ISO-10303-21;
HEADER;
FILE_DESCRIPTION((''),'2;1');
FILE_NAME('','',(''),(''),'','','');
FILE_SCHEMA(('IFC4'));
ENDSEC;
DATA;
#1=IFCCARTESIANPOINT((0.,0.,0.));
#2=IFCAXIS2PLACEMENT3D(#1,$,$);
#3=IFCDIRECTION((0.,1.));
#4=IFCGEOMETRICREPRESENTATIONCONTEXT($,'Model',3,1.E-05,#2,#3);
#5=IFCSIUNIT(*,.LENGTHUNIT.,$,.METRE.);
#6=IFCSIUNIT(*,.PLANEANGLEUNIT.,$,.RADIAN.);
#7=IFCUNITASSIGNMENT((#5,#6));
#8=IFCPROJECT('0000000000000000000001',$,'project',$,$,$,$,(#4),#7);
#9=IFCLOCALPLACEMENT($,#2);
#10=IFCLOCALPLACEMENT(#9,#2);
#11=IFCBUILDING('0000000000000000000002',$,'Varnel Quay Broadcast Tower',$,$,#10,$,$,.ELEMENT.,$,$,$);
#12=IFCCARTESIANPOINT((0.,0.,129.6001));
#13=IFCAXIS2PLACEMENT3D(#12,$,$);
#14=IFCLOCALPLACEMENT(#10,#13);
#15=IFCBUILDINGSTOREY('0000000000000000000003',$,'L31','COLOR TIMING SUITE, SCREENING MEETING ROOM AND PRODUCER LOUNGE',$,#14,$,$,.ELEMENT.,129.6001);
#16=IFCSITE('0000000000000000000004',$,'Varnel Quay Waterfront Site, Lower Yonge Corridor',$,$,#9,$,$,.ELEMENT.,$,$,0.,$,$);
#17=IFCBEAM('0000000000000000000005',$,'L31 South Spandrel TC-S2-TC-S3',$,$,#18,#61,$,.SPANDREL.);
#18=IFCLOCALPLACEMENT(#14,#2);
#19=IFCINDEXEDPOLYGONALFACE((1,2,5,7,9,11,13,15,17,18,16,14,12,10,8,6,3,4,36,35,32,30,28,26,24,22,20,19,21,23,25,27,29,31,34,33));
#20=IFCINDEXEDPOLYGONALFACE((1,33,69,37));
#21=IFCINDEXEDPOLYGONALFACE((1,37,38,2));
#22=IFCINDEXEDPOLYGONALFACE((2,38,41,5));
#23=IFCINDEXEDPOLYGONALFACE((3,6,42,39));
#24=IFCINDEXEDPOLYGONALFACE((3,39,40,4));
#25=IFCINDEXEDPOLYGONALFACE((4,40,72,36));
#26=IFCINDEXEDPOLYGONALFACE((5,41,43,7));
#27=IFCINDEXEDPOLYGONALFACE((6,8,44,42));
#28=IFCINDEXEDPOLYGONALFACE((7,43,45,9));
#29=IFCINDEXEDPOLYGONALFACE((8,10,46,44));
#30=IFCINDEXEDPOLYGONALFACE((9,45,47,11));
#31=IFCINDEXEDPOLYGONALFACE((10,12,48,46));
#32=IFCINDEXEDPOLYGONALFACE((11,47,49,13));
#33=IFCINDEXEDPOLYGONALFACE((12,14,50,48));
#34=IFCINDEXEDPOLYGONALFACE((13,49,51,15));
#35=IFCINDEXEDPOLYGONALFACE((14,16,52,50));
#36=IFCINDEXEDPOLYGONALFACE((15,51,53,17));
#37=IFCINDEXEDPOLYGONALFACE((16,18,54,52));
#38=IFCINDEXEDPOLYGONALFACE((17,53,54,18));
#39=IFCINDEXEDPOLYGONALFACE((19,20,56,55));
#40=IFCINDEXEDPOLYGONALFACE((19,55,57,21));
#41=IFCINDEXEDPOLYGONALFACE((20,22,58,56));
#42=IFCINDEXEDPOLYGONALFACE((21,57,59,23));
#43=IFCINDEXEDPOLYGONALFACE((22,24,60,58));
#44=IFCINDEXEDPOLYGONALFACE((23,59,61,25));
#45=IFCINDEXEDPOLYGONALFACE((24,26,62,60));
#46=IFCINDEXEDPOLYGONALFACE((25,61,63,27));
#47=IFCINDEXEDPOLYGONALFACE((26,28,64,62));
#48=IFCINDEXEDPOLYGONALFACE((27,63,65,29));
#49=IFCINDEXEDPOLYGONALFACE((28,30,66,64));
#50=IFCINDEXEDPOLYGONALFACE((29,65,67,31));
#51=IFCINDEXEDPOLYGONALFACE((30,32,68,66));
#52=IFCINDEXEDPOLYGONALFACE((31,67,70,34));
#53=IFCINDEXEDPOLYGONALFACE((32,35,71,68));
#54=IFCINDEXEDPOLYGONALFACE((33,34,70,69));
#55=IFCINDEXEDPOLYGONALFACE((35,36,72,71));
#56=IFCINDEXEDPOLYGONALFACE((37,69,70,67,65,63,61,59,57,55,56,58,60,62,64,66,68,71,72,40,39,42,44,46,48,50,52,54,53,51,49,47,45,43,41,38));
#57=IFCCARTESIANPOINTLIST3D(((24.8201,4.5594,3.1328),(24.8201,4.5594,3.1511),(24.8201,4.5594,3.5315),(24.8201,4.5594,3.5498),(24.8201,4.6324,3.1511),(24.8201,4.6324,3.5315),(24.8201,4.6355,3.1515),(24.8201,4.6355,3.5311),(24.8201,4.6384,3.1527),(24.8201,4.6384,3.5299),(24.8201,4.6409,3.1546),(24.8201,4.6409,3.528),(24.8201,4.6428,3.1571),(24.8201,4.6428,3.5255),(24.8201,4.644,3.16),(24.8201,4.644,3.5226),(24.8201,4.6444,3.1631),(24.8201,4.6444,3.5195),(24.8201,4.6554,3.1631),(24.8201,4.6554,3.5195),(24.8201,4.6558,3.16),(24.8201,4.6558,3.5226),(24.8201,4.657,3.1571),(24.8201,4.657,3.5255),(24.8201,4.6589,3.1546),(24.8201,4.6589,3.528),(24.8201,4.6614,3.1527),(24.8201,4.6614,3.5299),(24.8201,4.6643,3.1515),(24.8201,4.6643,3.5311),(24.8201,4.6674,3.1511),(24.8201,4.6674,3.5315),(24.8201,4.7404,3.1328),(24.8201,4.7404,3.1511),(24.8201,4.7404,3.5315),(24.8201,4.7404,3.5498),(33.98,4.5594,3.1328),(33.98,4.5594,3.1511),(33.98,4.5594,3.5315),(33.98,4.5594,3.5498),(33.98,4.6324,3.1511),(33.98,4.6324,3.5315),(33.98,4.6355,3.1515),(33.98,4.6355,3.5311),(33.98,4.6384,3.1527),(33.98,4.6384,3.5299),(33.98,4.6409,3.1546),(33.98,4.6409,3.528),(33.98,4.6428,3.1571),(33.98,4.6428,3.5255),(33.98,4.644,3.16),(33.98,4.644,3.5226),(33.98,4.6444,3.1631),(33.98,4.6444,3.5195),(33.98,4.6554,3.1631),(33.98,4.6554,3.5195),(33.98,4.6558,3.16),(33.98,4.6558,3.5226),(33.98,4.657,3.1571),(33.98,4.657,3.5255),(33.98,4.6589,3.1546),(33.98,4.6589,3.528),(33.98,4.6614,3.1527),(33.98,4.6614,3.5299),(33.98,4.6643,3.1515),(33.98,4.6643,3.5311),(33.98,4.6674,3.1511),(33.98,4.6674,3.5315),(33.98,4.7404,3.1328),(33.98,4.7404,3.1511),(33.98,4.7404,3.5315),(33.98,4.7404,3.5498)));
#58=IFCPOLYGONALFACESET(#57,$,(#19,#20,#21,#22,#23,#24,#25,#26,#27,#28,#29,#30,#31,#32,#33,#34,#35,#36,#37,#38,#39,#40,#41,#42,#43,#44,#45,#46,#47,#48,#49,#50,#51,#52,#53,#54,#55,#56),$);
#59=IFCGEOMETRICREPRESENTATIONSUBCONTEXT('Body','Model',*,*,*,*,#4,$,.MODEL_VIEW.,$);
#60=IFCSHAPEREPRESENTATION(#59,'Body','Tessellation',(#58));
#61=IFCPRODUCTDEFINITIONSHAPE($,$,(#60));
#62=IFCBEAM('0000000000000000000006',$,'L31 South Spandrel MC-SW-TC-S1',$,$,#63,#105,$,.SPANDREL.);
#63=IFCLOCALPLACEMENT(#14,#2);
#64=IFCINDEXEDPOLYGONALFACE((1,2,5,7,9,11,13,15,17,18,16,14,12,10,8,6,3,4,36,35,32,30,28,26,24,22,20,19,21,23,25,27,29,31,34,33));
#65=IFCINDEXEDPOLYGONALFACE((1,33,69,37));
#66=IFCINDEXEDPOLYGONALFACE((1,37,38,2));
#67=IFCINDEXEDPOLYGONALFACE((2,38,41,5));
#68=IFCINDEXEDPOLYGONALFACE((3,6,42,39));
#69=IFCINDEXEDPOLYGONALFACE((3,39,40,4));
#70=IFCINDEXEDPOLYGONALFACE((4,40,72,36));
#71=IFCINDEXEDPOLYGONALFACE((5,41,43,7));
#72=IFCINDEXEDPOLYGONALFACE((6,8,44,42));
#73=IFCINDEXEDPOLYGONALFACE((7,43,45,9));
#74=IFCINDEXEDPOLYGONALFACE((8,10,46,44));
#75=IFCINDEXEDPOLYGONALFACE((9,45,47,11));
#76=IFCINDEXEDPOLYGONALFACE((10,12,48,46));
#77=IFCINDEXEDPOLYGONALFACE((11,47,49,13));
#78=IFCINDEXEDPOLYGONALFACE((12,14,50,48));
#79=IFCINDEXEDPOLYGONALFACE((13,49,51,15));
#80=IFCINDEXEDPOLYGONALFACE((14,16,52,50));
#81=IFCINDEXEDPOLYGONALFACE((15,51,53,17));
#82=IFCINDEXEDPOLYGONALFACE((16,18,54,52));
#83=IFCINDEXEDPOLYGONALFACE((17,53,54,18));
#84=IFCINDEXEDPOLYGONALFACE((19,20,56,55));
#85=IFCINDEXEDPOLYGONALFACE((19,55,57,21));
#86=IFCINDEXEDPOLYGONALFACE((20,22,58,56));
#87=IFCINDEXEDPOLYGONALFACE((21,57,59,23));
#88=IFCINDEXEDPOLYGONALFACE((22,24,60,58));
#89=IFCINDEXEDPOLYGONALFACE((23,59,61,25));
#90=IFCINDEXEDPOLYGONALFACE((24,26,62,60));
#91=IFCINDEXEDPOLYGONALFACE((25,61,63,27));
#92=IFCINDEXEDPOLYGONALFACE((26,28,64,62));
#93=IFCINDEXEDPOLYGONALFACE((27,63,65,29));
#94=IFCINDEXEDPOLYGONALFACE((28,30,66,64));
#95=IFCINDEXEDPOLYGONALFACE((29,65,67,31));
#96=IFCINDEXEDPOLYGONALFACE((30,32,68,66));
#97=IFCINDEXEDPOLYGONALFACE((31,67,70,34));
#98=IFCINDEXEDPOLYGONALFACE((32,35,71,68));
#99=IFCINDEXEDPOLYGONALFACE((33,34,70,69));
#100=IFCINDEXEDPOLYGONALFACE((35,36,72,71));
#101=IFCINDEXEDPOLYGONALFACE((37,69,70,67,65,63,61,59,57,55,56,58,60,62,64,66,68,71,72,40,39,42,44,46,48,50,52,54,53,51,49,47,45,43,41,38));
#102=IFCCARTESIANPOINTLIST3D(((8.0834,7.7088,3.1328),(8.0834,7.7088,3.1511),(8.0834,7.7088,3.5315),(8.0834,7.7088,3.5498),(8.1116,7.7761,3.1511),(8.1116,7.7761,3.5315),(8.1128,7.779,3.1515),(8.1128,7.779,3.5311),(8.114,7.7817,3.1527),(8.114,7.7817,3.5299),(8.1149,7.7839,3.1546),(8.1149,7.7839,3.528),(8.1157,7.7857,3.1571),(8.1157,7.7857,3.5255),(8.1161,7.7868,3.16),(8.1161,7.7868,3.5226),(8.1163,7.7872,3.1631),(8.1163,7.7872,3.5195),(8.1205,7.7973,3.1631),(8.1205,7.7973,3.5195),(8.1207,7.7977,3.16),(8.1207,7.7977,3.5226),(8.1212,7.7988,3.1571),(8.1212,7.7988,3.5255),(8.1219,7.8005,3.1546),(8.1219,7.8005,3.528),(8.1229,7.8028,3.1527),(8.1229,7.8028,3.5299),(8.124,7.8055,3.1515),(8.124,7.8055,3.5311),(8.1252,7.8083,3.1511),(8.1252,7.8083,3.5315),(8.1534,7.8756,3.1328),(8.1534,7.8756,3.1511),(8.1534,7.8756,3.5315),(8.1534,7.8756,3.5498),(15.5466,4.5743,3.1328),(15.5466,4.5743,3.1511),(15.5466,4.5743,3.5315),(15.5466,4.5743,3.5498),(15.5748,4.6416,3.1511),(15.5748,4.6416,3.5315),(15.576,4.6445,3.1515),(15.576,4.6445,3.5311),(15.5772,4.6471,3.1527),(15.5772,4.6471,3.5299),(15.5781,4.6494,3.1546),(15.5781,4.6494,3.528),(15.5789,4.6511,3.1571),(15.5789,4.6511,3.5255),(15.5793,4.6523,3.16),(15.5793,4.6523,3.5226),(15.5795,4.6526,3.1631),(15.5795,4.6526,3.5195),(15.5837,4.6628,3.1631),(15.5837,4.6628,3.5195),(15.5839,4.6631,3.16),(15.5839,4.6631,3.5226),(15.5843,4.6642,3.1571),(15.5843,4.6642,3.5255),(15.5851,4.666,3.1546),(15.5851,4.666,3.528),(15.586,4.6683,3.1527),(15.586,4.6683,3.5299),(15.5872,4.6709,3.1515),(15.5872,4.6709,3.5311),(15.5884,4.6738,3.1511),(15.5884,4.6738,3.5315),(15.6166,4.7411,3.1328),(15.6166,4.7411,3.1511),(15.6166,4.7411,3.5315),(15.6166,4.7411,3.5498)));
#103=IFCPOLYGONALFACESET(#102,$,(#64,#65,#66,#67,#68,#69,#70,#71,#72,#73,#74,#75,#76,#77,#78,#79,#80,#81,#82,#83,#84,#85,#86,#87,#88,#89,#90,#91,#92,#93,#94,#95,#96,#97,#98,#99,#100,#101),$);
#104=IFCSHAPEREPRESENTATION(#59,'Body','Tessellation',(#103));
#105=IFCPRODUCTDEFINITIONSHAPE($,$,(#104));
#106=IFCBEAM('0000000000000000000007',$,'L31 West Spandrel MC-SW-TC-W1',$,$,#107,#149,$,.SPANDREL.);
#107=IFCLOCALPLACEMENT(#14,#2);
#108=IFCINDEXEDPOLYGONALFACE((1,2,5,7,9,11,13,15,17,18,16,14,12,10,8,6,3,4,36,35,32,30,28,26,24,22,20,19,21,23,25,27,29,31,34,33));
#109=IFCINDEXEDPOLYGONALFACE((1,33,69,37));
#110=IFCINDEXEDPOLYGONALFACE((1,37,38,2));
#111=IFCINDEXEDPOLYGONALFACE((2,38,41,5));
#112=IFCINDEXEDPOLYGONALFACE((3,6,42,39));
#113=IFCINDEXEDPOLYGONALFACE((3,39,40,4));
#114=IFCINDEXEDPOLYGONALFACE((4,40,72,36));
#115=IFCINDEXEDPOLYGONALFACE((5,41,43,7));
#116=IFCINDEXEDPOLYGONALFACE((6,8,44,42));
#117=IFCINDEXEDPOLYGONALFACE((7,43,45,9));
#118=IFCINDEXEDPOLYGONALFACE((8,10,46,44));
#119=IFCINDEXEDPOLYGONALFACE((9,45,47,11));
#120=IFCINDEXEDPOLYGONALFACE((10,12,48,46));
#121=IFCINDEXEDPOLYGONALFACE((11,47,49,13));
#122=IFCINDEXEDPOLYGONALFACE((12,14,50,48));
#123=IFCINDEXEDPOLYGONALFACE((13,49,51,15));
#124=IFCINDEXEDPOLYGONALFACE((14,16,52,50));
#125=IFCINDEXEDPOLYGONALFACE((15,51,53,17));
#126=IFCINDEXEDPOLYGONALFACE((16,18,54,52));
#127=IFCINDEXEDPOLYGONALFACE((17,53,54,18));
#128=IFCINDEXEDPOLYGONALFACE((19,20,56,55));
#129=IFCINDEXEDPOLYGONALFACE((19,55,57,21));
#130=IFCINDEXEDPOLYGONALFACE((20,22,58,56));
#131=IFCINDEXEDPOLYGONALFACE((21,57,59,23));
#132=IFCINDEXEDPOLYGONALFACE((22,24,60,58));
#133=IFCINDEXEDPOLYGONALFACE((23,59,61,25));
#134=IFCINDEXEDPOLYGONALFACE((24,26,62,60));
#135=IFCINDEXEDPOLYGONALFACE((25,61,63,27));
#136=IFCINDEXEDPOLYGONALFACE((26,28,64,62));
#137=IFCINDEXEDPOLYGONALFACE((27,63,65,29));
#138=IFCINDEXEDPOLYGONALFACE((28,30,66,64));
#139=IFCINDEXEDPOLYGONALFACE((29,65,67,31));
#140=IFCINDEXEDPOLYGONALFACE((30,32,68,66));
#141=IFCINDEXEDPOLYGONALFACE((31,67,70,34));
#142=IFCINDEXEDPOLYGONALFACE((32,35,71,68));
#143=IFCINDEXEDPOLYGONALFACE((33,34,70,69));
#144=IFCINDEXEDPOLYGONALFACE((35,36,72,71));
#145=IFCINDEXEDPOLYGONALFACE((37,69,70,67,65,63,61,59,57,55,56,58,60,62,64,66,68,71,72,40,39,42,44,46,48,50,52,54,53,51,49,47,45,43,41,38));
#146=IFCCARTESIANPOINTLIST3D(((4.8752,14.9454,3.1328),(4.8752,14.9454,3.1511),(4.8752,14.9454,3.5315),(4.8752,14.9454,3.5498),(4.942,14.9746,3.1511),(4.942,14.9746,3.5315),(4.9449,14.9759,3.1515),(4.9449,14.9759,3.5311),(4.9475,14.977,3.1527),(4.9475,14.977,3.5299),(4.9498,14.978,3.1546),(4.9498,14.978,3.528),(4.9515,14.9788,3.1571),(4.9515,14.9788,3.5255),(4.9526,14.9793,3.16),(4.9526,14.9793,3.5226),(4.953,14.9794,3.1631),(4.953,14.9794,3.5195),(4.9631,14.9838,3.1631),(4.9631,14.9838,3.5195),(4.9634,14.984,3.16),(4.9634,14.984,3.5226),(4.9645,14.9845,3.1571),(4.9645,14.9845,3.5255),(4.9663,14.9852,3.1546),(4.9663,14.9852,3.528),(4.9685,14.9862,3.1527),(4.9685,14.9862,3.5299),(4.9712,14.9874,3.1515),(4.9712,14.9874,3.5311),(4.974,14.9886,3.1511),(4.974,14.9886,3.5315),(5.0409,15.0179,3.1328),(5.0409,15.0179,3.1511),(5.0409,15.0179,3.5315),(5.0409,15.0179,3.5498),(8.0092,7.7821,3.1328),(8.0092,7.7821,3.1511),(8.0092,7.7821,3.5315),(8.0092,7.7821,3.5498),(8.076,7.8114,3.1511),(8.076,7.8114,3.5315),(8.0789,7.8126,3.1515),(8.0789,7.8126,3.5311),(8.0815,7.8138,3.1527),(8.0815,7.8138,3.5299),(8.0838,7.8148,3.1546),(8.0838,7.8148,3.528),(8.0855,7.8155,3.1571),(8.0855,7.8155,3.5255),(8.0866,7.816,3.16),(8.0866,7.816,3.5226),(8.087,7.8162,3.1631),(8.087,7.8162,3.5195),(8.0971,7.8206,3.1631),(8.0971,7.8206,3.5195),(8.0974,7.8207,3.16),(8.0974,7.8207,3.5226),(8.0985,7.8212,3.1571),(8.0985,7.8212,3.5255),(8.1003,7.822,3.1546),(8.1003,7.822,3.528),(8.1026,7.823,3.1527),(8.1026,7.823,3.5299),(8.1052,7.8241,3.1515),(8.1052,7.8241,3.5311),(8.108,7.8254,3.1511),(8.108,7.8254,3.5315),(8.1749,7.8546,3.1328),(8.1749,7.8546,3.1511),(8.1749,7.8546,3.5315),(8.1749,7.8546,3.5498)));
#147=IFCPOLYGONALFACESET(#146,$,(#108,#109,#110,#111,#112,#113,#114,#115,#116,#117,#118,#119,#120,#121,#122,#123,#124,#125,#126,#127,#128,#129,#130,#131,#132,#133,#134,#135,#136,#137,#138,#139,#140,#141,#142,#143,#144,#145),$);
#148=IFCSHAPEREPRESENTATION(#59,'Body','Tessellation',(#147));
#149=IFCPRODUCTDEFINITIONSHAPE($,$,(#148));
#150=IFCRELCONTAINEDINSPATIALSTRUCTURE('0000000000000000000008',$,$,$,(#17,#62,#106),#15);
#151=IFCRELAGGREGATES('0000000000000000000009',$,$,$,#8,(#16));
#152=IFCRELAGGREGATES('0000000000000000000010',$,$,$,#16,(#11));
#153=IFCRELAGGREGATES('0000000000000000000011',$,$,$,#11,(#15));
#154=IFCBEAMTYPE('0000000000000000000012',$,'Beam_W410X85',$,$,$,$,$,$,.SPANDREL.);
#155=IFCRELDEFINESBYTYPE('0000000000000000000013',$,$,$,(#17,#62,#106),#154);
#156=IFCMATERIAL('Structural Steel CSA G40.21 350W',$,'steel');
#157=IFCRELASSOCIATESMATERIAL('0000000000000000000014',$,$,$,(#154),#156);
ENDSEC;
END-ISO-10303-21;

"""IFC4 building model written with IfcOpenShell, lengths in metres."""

from ifc_helpers import new_model, si_unit, direction, frame, origin, origin_2d, place, context, subcontext, project, spatial, i_section, extrude, source, transform, mapped, material, material_profile, profile_set, type_object, type_shapes, element, save


model = new_model("IFC4")

# Units and contexts
model_context = context("Model", 3, precision=1e-05, world=origin(), true_north=direction((0.0, 1.0)))
body_context = subcontext(model_context, "Body", "Model", "MODEL_VIEW")
ifc_project = project(units=[si_unit("LENGTHUNIT", "METRE"), si_unit("PLANEANGLEUNIT", "RADIAN")], contexts=[model_context])

# Site, building, storey
site_placement = place(None, origin())
site = spatial("IfcSite", under=ifc_project, at=site_placement, Name="Varnel Quay Waterfront Site, Lower Yonge Corridor", CompositionType="ELEMENT", RefElevation=0.0)
building_placement = place(site_placement, origin())
building = spatial("IfcBuilding", under=site, at=building_placement, Name="Varnel Quay Broadcast Tower", CompositionType="ELEMENT")
storey_placement = place(building_placement, frame((0.0, 0.0, 129.6001)))
storey = spatial("IfcBuildingStorey", under=building, at=storey_placement, Name="L31", Description="COLOR TIMING SUITE, SCREENING MEETING ROOM AND PRODUCER LOUNGE", CompositionType="ELEMENT", Elevation=129.6001)

# Shared definitions
ifc_material_1 = material(Name="Structural Steel CSA G40.21 350W", Category="steel")

# Beams
ifc_material_profile_1 = material_profile(ifc_material_1, i_section(OverallWidth=0.1809, OverallDepth=0.417, WebThickness=0.011, FlangeThickness=0.0183, FilletRadius=0.012, at=origin_2d()), Name="W410X85")
ifc_profile_set_1 = profile_set([ifc_material_profile_1], Name="Structural Steel CSA G40.21 350W")
beam_type_1 = type_object("IfcBeamType", Name="Beam_W410X85", PredefinedType="SPANDREL", material=ifc_profile_set_1)
shared_shape_1 = source(origin(), body_context, "Body", "SweptSolid", [
    extrude(i_section(OverallWidth=0.1809, OverallDepth=0.417, WebThickness=0.011, FlangeThickness=0.0183, FilletRadius=0.012, at=origin_2d()), origin(), (0.0, 0.0, 1.0), 9.1599),
])
for number, where, z_axis, x_axis, name in (
    (1, (24.8201, 4.6499, 3.3413), (1.0, 0.0, 0.0), (0.0, 1.0, 0.0), "L31 South Spandrel TC-S2-TC-S3"),
):
    element("IfcBeam", number, at=place(storey_placement, frame(where, z_axis=z_axis, x_axis=x_axis)), inside=storey, type_object=beam_type_1, Name=name, PredefinedType="SPANDREL", context=body_context, shape_type="MappedRepresentation", body=[
        mapped(shared_shape_1, transform((0.0, 0.0, 0.0), x_axis=(1.0, 0.0, 0.0), y_axis=(0.0, 1.0, 0.0), z_axis=(0.0, 0.0, 1.0), scale=1.0)),
    ])
shared_shape_2 = source(origin(), body_context, "Body", "SweptSolid", [
    extrude(i_section(OverallWidth=0.1809, OverallDepth=0.417, WebThickness=0.011, FlangeThickness=0.0183, FilletRadius=0.012, at=origin_2d()), origin(), (0.0, 0.0, 1.0), 8.0947),
])
beam_1_placement = place(storey_placement, frame((8.1184, 7.7922, 3.3413), z_axis=(0.921982, -0.387233, 0.0), x_axis=(0.387233, 0.921982, 0.0)))
element("IfcBeam", 2, at=beam_1_placement, inside=storey, type_object=beam_type_1, Name="L31 South Spandrel MC-SW-TC-S1", PredefinedType="SPANDREL", context=body_context, shape_type="MappedRepresentation", body=[
    mapped(shared_shape_2, transform((0.0, 0.0, 0.0), x_axis=(1.0, 0.0, 0.0), y_axis=(0.0, 1.0, 0.0), z_axis=(0.0, 0.0, 1.0), scale=1.0)),
])
shared_shape_3 = source(origin(), body_context, "Body", "SweptSolid", [
    extrude(i_section(OverallWidth=0.1809, OverallDepth=0.417, WebThickness=0.011, FlangeThickness=0.0183, FilletRadius=0.012, at=origin_2d()), origin(), (0.0, 0.0, 1.0), 7.8188),
])
type_shapes(beam_type_1, [shared_shape_1, shared_shape_2, shared_shape_3])
beam_2_placement = place(storey_placement, frame((8.092, 7.8184, 3.3413), z_axis=(-0.400827, 0.916154, 0.0), x_axis=(-0.916154, -0.400827, 0.0)))
element("IfcBeam", 3, at=beam_2_placement, inside=storey, type_object=beam_type_1, Name="L31 West Spandrel MC-SW-TC-W1", PredefinedType="SPANDREL", context=body_context, shape_type="MappedRepresentation", body=[
    mapped(shared_shape_3, transform((0.0, 0.0, 0.0), x_axis=(1.0, 0.0, 0.0), y_axis=(0.0, 1.0, 0.0), z_axis=(0.0, 0.0, 1.0), scale=1.0)),
])

save(model, "model.ifc")
